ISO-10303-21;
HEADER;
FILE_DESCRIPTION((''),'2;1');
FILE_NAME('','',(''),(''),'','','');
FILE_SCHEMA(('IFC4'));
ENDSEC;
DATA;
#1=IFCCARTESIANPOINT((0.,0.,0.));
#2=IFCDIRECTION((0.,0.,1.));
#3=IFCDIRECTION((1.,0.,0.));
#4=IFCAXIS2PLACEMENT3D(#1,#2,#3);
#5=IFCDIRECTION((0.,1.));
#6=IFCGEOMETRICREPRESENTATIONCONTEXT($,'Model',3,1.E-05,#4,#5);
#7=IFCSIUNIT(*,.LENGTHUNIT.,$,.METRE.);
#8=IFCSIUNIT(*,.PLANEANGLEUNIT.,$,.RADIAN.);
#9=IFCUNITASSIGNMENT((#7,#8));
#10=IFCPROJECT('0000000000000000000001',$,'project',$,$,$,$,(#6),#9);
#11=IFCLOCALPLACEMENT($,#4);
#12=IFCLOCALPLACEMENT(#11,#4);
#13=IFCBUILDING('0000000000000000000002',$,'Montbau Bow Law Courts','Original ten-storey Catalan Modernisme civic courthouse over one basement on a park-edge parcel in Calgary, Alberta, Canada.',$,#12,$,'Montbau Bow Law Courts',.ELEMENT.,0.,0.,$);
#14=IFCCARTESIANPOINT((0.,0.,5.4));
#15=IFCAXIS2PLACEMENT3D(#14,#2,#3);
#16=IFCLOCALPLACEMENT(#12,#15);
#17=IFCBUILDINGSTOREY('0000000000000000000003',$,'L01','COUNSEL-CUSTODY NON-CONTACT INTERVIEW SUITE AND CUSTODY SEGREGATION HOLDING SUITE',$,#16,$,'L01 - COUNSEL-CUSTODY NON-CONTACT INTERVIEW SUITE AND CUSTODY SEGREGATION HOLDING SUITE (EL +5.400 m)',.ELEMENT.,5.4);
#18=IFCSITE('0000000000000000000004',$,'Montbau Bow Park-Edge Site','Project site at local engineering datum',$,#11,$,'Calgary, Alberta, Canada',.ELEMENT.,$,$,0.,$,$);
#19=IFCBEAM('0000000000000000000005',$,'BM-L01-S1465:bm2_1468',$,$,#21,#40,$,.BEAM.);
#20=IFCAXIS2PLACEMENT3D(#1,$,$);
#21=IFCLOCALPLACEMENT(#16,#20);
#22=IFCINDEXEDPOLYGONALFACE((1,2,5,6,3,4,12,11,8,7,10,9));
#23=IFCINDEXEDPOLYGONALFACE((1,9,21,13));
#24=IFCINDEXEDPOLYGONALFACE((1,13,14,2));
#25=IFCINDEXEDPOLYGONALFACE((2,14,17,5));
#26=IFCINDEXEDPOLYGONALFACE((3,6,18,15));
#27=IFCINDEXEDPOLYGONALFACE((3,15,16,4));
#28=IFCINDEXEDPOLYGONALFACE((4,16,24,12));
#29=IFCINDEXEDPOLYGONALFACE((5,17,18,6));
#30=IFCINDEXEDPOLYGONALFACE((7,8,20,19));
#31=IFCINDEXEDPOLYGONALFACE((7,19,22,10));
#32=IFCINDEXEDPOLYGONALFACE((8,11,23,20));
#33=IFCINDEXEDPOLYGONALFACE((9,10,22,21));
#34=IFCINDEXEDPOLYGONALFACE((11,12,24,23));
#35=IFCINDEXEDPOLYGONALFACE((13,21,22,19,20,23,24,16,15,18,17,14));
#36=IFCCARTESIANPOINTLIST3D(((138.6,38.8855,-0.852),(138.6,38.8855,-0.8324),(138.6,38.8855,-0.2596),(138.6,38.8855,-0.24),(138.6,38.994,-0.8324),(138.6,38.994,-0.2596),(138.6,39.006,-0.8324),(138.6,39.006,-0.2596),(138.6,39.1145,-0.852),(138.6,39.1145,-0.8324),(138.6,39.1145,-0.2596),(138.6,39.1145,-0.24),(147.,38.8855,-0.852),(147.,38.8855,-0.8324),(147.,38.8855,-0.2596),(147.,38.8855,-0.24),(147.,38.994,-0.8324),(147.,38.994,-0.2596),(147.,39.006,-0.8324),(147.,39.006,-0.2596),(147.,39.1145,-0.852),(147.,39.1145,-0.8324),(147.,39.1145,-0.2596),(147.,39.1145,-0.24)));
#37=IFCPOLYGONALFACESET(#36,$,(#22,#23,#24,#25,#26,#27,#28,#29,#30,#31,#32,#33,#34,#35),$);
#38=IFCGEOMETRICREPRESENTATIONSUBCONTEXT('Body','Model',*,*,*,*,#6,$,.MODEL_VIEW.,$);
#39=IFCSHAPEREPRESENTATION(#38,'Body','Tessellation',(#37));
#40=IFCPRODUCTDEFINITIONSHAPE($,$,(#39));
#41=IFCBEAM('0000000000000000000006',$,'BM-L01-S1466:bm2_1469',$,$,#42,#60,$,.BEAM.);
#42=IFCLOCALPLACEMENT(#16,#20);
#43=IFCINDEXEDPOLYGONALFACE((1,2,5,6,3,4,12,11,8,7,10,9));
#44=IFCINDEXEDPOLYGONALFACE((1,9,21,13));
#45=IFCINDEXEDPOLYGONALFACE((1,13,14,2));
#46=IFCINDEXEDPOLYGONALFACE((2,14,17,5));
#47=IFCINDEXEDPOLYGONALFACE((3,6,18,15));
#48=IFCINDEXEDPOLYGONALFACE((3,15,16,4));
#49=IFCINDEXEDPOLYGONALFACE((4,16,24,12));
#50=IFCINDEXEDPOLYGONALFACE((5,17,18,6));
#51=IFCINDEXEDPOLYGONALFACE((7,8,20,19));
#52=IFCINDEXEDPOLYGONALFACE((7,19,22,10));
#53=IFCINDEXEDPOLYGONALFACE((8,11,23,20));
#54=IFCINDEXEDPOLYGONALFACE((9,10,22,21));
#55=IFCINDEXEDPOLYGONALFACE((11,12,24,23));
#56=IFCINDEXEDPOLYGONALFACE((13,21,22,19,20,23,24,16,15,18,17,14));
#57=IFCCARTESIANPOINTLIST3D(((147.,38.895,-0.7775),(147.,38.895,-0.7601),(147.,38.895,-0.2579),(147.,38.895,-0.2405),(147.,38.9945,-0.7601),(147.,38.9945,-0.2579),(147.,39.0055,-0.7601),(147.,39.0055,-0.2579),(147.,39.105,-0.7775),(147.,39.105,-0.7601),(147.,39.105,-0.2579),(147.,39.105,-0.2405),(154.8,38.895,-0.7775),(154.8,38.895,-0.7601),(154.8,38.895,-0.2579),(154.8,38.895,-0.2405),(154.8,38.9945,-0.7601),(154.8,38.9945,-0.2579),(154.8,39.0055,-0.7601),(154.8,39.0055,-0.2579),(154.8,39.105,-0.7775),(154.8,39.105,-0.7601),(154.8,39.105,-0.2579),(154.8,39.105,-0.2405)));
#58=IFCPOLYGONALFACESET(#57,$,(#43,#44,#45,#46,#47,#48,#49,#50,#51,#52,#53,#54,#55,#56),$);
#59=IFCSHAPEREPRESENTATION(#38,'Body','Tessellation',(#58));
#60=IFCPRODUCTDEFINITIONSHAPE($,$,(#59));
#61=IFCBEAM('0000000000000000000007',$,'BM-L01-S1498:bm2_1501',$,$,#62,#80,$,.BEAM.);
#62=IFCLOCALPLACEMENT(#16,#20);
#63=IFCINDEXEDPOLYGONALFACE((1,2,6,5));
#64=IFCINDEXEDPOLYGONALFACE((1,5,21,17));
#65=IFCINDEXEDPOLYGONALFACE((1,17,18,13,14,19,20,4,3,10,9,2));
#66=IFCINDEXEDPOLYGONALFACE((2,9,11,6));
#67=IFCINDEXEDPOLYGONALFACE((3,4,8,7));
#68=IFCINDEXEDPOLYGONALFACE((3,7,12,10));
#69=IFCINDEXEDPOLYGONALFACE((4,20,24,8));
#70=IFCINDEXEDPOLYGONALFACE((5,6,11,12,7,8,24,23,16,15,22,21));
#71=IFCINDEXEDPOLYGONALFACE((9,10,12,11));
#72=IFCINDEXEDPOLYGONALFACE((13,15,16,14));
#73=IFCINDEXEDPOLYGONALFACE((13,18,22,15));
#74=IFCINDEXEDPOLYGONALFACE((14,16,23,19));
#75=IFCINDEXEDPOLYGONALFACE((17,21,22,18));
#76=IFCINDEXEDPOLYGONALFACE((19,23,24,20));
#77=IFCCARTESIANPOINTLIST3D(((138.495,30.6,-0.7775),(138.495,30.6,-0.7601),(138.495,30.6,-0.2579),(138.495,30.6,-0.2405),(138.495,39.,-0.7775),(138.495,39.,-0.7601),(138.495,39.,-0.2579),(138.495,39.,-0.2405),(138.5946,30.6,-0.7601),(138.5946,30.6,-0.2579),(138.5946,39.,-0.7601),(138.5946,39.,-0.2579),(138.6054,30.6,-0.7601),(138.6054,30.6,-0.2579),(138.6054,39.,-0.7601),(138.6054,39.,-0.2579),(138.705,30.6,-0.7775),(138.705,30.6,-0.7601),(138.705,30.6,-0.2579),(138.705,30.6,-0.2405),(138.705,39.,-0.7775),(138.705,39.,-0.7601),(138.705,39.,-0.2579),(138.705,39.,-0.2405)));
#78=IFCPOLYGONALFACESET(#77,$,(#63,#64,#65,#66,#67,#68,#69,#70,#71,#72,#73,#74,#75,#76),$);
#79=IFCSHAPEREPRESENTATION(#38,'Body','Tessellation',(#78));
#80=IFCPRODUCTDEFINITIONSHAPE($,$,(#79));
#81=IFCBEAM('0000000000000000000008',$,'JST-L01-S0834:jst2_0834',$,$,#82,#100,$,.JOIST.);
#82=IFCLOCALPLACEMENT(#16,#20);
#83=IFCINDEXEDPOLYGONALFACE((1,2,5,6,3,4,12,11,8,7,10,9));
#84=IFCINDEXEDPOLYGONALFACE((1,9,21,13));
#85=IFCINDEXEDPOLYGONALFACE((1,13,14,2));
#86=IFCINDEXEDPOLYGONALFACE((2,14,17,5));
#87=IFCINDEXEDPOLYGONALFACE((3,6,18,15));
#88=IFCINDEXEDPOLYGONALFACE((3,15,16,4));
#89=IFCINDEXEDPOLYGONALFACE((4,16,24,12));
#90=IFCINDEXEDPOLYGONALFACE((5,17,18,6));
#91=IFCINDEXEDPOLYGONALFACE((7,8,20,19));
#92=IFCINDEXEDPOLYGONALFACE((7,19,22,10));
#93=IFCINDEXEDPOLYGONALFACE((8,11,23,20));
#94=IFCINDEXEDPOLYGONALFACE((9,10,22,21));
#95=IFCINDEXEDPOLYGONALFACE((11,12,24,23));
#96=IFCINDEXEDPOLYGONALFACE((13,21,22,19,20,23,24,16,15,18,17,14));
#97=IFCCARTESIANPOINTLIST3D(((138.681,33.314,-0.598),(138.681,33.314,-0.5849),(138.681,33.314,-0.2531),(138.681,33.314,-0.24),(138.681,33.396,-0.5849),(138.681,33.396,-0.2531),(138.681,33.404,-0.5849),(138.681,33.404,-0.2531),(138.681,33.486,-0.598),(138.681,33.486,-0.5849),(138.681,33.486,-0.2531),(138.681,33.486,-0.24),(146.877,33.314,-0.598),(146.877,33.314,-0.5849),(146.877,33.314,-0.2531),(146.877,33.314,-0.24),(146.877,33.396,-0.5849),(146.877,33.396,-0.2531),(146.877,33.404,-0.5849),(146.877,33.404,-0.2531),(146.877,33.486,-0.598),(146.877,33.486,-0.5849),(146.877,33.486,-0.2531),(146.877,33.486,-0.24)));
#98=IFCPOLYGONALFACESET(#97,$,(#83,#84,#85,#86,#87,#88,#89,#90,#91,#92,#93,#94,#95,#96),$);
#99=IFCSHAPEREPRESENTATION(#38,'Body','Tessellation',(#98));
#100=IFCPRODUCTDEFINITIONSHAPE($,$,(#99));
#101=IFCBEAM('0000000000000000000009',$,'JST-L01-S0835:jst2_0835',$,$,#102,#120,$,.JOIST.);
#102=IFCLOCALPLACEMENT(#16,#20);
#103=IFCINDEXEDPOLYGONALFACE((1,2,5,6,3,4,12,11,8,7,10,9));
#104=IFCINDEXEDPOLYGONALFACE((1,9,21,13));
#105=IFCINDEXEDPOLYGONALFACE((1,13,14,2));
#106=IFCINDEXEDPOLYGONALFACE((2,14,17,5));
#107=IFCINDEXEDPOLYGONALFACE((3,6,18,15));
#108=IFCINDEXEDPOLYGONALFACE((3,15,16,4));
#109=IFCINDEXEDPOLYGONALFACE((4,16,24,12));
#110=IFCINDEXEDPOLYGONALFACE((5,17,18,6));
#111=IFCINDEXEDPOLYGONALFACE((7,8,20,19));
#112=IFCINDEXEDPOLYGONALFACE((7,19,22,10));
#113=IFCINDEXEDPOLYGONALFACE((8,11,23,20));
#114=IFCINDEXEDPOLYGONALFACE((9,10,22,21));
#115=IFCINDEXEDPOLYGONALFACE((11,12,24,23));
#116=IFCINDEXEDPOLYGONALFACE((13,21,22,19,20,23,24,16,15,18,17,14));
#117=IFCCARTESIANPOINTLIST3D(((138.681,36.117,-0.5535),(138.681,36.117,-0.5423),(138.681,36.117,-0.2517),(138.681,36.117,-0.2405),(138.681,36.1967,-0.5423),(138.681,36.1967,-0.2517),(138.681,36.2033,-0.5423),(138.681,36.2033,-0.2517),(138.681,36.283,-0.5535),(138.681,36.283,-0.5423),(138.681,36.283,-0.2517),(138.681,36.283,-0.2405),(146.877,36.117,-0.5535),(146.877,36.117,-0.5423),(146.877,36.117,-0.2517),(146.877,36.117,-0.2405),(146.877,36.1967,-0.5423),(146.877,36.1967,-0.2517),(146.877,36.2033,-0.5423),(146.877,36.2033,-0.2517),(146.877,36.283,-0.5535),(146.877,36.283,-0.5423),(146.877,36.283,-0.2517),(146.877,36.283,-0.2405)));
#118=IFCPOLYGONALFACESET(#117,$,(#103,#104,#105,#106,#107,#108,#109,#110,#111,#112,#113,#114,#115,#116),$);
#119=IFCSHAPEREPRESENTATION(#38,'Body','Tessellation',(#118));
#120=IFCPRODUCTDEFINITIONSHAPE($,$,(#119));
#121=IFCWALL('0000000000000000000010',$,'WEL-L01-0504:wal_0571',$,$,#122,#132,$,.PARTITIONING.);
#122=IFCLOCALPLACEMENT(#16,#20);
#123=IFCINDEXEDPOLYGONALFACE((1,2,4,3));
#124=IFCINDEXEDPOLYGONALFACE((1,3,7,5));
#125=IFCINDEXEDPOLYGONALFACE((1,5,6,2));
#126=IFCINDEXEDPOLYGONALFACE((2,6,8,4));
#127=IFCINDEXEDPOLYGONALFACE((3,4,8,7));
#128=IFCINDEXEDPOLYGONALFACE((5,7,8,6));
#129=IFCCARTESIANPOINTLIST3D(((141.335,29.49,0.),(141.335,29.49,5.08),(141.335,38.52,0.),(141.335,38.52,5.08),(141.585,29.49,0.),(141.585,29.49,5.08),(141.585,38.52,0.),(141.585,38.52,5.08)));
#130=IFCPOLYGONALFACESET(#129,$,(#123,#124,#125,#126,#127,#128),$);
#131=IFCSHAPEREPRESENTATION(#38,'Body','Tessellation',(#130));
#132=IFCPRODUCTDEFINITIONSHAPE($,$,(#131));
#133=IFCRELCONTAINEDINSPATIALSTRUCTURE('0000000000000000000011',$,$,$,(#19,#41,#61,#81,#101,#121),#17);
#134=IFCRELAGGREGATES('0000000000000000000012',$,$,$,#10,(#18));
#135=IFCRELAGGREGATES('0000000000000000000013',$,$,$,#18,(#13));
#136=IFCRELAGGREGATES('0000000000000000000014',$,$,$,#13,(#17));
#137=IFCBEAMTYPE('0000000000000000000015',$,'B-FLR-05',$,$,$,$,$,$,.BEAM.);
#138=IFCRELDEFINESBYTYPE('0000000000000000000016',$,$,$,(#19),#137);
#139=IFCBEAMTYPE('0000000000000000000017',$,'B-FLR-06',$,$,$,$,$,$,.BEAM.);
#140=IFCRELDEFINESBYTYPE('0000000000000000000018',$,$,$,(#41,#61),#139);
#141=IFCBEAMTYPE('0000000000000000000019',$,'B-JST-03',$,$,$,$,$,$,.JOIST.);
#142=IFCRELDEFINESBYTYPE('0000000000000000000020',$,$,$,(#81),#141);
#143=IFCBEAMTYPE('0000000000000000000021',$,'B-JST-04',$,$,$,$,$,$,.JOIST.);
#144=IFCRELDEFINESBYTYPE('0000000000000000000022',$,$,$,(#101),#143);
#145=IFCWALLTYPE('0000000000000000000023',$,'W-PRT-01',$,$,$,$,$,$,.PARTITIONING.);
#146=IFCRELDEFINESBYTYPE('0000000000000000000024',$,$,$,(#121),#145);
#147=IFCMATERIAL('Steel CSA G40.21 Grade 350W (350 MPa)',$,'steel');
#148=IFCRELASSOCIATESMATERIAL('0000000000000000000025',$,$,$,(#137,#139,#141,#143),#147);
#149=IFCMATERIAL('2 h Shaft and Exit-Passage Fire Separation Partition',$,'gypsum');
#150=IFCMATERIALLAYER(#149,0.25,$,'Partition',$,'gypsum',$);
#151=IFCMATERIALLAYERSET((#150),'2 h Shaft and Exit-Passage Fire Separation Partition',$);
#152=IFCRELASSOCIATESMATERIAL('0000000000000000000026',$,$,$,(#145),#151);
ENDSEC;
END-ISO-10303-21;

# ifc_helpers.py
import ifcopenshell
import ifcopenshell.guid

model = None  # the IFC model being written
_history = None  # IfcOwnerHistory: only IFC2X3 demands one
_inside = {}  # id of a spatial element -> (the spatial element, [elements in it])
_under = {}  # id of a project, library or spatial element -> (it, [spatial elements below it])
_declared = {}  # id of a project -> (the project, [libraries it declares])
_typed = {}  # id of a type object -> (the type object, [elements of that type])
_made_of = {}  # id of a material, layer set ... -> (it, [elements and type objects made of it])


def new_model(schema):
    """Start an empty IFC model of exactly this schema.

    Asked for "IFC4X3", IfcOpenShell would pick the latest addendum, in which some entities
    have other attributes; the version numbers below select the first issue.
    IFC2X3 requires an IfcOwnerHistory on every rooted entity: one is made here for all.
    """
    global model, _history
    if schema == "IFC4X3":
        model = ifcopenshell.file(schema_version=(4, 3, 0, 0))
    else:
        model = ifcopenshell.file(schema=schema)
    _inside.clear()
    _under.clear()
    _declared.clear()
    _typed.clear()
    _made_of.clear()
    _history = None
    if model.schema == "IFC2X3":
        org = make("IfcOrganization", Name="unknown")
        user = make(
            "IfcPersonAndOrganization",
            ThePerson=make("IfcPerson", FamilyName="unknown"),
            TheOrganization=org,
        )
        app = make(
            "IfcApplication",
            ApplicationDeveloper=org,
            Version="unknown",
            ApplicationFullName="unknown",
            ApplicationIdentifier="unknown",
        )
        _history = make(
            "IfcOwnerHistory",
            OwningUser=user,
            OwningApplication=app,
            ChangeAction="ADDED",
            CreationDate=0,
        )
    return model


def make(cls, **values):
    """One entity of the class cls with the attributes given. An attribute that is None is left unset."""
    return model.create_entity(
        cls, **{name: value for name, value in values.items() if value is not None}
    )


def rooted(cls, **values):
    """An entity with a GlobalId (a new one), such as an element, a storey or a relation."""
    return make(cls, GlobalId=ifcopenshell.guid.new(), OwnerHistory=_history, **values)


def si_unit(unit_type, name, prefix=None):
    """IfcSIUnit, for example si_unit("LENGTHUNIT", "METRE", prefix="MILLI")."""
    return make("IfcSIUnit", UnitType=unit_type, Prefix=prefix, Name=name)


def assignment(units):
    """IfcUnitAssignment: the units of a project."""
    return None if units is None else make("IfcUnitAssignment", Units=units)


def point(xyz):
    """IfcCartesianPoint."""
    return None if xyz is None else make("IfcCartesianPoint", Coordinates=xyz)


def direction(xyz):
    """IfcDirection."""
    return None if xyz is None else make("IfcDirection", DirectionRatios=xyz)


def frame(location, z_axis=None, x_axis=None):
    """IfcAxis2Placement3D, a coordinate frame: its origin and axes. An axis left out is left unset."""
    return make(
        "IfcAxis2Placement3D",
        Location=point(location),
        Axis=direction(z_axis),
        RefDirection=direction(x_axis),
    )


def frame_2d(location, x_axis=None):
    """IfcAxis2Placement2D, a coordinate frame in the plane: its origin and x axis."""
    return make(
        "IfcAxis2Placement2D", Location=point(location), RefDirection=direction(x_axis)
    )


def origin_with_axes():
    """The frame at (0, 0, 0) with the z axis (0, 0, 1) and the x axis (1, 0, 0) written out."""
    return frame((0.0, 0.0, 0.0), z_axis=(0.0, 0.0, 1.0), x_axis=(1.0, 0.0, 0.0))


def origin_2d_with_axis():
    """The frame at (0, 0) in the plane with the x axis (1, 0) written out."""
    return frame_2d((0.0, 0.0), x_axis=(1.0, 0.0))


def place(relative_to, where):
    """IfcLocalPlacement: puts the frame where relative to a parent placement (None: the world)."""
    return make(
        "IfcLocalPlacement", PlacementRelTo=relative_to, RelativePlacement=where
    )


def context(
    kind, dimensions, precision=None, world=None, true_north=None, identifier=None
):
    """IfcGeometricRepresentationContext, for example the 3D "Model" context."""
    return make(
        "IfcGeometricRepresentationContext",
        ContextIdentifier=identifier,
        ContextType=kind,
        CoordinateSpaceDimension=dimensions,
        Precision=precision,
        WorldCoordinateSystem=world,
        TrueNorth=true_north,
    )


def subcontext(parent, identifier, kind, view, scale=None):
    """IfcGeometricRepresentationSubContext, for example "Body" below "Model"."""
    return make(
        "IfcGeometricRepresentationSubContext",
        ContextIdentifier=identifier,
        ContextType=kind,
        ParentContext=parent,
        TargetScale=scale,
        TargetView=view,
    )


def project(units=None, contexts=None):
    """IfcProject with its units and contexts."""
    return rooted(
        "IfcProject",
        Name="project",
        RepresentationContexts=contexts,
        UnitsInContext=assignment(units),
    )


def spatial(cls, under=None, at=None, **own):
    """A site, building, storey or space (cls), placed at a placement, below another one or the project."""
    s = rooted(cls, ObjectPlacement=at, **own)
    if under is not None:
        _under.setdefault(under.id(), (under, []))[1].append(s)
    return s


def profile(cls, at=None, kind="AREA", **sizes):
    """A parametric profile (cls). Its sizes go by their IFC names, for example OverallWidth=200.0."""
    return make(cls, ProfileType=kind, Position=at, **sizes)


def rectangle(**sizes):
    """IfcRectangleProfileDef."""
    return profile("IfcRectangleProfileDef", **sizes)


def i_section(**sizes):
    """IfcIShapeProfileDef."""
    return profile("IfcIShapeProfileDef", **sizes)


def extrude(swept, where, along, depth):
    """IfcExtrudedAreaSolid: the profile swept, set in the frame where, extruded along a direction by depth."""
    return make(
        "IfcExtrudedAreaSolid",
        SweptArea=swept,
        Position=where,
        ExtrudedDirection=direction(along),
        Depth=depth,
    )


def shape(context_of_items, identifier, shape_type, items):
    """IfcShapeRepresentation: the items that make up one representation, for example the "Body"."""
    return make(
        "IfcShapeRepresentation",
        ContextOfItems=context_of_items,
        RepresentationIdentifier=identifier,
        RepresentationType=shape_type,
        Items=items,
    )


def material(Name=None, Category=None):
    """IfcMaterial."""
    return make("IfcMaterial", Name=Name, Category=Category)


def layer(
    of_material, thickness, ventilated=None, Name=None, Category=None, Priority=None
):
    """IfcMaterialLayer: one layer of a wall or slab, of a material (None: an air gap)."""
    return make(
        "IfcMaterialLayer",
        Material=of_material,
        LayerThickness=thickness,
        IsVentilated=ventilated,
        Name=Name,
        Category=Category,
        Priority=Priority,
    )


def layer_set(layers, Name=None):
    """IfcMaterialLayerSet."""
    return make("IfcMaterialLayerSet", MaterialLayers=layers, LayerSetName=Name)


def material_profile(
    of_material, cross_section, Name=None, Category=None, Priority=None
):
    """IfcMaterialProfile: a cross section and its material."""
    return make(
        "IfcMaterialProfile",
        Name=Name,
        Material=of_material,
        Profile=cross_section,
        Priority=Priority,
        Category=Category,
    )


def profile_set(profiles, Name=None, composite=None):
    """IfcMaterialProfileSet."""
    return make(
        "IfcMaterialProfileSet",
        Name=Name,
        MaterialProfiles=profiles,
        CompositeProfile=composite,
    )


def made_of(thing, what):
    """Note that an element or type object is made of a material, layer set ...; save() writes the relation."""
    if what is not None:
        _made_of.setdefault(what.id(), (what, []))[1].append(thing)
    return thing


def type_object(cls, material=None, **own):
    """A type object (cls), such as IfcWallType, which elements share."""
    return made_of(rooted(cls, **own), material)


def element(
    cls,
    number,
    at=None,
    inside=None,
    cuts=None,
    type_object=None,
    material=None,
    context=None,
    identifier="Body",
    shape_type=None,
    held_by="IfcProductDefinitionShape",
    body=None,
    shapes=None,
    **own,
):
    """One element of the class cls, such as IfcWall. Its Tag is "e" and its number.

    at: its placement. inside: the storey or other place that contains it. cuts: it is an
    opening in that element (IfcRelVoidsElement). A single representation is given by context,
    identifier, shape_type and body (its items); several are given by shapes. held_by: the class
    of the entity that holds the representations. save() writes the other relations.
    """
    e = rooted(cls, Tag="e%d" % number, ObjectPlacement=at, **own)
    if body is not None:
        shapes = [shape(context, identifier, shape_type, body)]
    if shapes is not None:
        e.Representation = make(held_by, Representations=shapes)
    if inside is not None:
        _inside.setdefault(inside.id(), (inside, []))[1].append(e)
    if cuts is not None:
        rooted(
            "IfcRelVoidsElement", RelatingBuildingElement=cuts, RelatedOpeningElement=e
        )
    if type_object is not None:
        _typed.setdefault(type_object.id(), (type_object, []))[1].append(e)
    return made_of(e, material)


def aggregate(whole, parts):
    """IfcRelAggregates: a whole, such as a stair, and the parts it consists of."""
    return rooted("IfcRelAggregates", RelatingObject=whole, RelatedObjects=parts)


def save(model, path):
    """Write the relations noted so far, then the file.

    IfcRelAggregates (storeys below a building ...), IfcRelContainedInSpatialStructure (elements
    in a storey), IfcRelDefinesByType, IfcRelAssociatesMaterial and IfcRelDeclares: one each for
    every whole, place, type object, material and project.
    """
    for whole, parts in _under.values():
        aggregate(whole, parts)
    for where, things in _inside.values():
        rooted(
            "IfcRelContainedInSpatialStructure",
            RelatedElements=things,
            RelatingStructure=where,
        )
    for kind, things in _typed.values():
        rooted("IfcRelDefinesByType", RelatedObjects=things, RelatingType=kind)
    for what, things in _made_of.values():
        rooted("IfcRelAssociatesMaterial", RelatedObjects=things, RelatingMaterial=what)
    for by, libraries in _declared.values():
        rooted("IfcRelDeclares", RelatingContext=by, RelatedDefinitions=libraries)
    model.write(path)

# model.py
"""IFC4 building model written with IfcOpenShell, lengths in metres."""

from ifc_helpers import new_model, si_unit, direction, frame, frame_2d, origin_with_axes, origin_2d_with_axis, place, context, subcontext, project, spatial, rectangle, i_section, extrude, material, layer, layer_set, material_profile, profile_set, type_object, element, save


model = new_model("IFC4")

# Units and contexts
model_context = context("Model", 3, precision=1e-05, world=origin_with_axes(), true_north=direction((0.0, 1.0)))
body_context = subcontext(model_context, "Body", "Model", "MODEL_VIEW")
ifc_project = project(units=[si_unit("LENGTHUNIT", "METRE"), si_unit("PLANEANGLEUNIT", "RADIAN")], contexts=[model_context])

# Site, building, storey
site_placement = place(None, origin_with_axes())
site = spatial("IfcSite", under=ifc_project, at=site_placement, Name="Montbau Bow Park-Edge Site", Description="Project site at local engineering datum", LongName="Calgary, Alberta, Canada", CompositionType="ELEMENT", RefElevation=0.0)
building_placement = place(site_placement, origin_with_axes())
building = spatial("IfcBuilding", under=site, at=building_placement, Name="Montbau Bow Law Courts", Description="Original ten-storey Catalan Modernisme civic courthouse over one basement on a park-edge parcel in Calgary, Alberta, Canada.", LongName="Montbau Bow Law Courts", CompositionType="ELEMENT", ElevationOfRefHeight=0.0, ElevationOfTerrain=0.0)
storey_placement = place(building_placement, frame((0.0, 0.0, 5.4), z_axis=(0.0, 0.0, 1.0), x_axis=(1.0, 0.0, 0.0)))
storey = spatial("IfcBuildingStorey", under=building, at=storey_placement, Name="L01", Description="COUNSEL-CUSTODY NON-CONTACT INTERVIEW SUITE AND CUSTODY SEGREGATION HOLDING SUITE", LongName="L01 - COUNSEL-CUSTODY NON-CONTACT INTERVIEW SUITE AND CUSTODY SEGREGATION HOLDING SUITE (EL +5.400 m)", CompositionType="ELEMENT", Elevation=5.4)

# Shared definitions
ifc_material_1 = material(Name="Steel CSA G40.21 Grade 350W (350 MPa)", Category="steel")

# Beams
ifc_material_profile_1 = material_profile(ifc_material_1, i_section(OverallWidth=0.229, OverallDepth=0.612, WebThickness=0.0119, FlangeThickness=0.0196, at=origin_2d_with_axis()), Name="W610X125", Category="Main", Priority=0)
ifc_profile_set_1 = profile_set([ifc_material_profile_1], Name="Steel CSA G40.21 Grade 350W (350 MPa)")
beam_type_1 = type_object("IfcBeamType", Name="B-FLR-05", PredefinedType="BEAM", material=ifc_profile_set_1)
beam_1_placement = place(None, frame((138.6, 39.0, 4.854), z_axis=(1.0, 0.0, 0.0), x_axis=(0.0, 1.0, 0.0)))
element("IfcBeam", 1, at=beam_1_placement, inside=storey, type_object=beam_type_1, Name="BM-L01-S1465:bm2_1468", PredefinedType="BEAM", context=body_context, shape_type="SweptSolid", body=[
    extrude(i_section(OverallWidth=0.229, OverallDepth=0.612, WebThickness=0.0119, FlangeThickness=0.0196, at=origin_2d_with_axis()), origin_with_axes(), (0.0, 0.0, 1.0), 8.4),
])
ifc_material_profile_2 = material_profile(ifc_material_1, i_section(OverallWidth=0.21, OverallDepth=0.537, WebThickness=0.0109, FlangeThickness=0.0174, at=origin_2d_with_axis()), Name="W530X101", Category="Main", Priority=0)
ifc_profile_set_2 = profile_set([ifc_material_profile_2], Name="Steel CSA G40.21 Grade 350W (350 MPa)")
beam_type_2 = type_object("IfcBeamType", Name="B-FLR-06", PredefinedType="BEAM", material=ifc_profile_set_2)
beam_2_placement = place(None, frame((147.0, 39.0, 4.891), z_axis=(1.0, 0.0, 0.0), x_axis=(0.0, 1.0, 0.0)))
element("IfcBeam", 2, at=beam_2_placement, inside=storey, type_object=beam_type_2, Name="BM-L01-S1466:bm2_1469", PredefinedType="BEAM", context=body_context, shape_type="SweptSolid", body=[
    extrude(i_section(OverallWidth=0.21, OverallDepth=0.537, WebThickness=0.0109, FlangeThickness=0.0174, at=origin_2d_with_axis()), origin_with_axes(), (0.0, 0.0, 1.0), 7.8),
])
beam_3_placement = place(None, frame((138.6, 30.6, 4.891), z_axis=(0.0, 1.0, 0.0), x_axis=(-1.0, 0.0, 0.0)))
element("IfcBeam", 3, at=beam_3_placement, inside=storey, type_object=beam_type_2, Name="BM-L01-S1498:bm2_1501", PredefinedType="BEAM", context=body_context, shape_type="SweptSolid", body=[
    extrude(i_section(OverallWidth=0.21, OverallDepth=0.537, WebThickness=0.0109, FlangeThickness=0.0174, at=origin_2d_with_axis()), origin_with_axes(), (0.0, 0.0, 1.0), 8.4),
])
ifc_material_profile_3 = material_profile(ifc_material_1, i_section(OverallWidth=0.172, OverallDepth=0.358, WebThickness=0.0079, FlangeThickness=0.0131, at=origin_2d_with_axis()), Name="W360X57", Category="Main", Priority=0)
ifc_profile_set_3 = profile_set([ifc_material_profile_3], Name="Steel CSA G40.21 Grade 350W (350 MPa)")
beam_type_3 = type_object("IfcBeamType", Name="B-JST-03", PredefinedType="JOIST", material=ifc_profile_set_3)
beam_4_placement = place(None, frame((138.681, 33.4, 4.981), z_axis=(1.0, 0.0, 0.0), x_axis=(0.0, 1.0, 0.0)))
element("IfcBeam", 4, at=beam_4_placement, inside=storey, type_object=beam_type_3, Name="JST-L01-S0834:jst2_0834", PredefinedType="JOIST", context=body_context, shape_type="SweptSolid", body=[
    extrude(i_section(OverallWidth=0.172, OverallDepth=0.358, WebThickness=0.0079, FlangeThickness=0.0131, at=origin_2d_with_axis()), origin_with_axes(), (0.0, 0.0, 1.0), 8.196),
])
ifc_material_profile_4 = material_profile(ifc_material_1, i_section(OverallWidth=0.166, OverallDepth=0.313, WebThickness=0.0066, FlangeThickness=0.0112, at=origin_2d_with_axis()), Name="W310X45", Category="Main", Priority=0)
ifc_profile_set_4 = profile_set([ifc_material_profile_4], Name="Steel CSA G40.21 Grade 350W (350 MPa)")
beam_type_4 = type_object("IfcBeamType", Name="B-JST-04", PredefinedType="JOIST", material=ifc_profile_set_4)
beam_5_placement = place(None, frame((138.681, 36.2, 5.003), z_axis=(1.0, 0.0, 0.0), x_axis=(0.0, 1.0, 0.0)))
element("IfcBeam", 5, at=beam_5_placement, inside=storey, type_object=beam_type_4, Name="JST-L01-S0835:jst2_0835", PredefinedType="JOIST", context=body_context, shape_type="SweptSolid", body=[
    extrude(i_section(OverallWidth=0.166, OverallDepth=0.313, WebThickness=0.0066, FlangeThickness=0.0112, at=origin_2d_with_axis()), origin_with_axes(), (0.0, 0.0, 1.0), 8.196),
])

# Wall
ifc_material_2 = material(Name="2 h Shaft and Exit-Passage Fire Separation Partition", Category="gypsum")
ifc_layer_1 = layer(ifc_material_2, 0.25, Name="Partition", Category="gypsum")
ifc_layer_set_1 = layer_set([ifc_layer_1], Name="2 h Shaft and Exit-Passage Fire Separation Partition")
wall_type_1 = type_object("IfcWallType", Name="W-PRT-01", PredefinedType="PARTITIONING", material=ifc_layer_set_1)
wall_1_placement = place(None, frame((141.46, 29.49, 5.4), z_axis=(0.0, 0.0, 1.0), x_axis=(0.0, 1.0, 0.0)))
element("IfcWall", 6, at=wall_1_placement, inside=storey, type_object=wall_type_1, Name="WEL-L01-0504:wal_0571", PredefinedType="PARTITIONING", context=body_context, shape_type="SweptSolid", body=[
    extrude(rectangle(XDim=9.03, YDim=0.25, at=frame_2d((4.515, 0.0), x_axis=(1.0, 0.0))), origin_with_axes(), (0.0, 0.0, 1.0), 5.08),
])

save(model, "model.ifc")
